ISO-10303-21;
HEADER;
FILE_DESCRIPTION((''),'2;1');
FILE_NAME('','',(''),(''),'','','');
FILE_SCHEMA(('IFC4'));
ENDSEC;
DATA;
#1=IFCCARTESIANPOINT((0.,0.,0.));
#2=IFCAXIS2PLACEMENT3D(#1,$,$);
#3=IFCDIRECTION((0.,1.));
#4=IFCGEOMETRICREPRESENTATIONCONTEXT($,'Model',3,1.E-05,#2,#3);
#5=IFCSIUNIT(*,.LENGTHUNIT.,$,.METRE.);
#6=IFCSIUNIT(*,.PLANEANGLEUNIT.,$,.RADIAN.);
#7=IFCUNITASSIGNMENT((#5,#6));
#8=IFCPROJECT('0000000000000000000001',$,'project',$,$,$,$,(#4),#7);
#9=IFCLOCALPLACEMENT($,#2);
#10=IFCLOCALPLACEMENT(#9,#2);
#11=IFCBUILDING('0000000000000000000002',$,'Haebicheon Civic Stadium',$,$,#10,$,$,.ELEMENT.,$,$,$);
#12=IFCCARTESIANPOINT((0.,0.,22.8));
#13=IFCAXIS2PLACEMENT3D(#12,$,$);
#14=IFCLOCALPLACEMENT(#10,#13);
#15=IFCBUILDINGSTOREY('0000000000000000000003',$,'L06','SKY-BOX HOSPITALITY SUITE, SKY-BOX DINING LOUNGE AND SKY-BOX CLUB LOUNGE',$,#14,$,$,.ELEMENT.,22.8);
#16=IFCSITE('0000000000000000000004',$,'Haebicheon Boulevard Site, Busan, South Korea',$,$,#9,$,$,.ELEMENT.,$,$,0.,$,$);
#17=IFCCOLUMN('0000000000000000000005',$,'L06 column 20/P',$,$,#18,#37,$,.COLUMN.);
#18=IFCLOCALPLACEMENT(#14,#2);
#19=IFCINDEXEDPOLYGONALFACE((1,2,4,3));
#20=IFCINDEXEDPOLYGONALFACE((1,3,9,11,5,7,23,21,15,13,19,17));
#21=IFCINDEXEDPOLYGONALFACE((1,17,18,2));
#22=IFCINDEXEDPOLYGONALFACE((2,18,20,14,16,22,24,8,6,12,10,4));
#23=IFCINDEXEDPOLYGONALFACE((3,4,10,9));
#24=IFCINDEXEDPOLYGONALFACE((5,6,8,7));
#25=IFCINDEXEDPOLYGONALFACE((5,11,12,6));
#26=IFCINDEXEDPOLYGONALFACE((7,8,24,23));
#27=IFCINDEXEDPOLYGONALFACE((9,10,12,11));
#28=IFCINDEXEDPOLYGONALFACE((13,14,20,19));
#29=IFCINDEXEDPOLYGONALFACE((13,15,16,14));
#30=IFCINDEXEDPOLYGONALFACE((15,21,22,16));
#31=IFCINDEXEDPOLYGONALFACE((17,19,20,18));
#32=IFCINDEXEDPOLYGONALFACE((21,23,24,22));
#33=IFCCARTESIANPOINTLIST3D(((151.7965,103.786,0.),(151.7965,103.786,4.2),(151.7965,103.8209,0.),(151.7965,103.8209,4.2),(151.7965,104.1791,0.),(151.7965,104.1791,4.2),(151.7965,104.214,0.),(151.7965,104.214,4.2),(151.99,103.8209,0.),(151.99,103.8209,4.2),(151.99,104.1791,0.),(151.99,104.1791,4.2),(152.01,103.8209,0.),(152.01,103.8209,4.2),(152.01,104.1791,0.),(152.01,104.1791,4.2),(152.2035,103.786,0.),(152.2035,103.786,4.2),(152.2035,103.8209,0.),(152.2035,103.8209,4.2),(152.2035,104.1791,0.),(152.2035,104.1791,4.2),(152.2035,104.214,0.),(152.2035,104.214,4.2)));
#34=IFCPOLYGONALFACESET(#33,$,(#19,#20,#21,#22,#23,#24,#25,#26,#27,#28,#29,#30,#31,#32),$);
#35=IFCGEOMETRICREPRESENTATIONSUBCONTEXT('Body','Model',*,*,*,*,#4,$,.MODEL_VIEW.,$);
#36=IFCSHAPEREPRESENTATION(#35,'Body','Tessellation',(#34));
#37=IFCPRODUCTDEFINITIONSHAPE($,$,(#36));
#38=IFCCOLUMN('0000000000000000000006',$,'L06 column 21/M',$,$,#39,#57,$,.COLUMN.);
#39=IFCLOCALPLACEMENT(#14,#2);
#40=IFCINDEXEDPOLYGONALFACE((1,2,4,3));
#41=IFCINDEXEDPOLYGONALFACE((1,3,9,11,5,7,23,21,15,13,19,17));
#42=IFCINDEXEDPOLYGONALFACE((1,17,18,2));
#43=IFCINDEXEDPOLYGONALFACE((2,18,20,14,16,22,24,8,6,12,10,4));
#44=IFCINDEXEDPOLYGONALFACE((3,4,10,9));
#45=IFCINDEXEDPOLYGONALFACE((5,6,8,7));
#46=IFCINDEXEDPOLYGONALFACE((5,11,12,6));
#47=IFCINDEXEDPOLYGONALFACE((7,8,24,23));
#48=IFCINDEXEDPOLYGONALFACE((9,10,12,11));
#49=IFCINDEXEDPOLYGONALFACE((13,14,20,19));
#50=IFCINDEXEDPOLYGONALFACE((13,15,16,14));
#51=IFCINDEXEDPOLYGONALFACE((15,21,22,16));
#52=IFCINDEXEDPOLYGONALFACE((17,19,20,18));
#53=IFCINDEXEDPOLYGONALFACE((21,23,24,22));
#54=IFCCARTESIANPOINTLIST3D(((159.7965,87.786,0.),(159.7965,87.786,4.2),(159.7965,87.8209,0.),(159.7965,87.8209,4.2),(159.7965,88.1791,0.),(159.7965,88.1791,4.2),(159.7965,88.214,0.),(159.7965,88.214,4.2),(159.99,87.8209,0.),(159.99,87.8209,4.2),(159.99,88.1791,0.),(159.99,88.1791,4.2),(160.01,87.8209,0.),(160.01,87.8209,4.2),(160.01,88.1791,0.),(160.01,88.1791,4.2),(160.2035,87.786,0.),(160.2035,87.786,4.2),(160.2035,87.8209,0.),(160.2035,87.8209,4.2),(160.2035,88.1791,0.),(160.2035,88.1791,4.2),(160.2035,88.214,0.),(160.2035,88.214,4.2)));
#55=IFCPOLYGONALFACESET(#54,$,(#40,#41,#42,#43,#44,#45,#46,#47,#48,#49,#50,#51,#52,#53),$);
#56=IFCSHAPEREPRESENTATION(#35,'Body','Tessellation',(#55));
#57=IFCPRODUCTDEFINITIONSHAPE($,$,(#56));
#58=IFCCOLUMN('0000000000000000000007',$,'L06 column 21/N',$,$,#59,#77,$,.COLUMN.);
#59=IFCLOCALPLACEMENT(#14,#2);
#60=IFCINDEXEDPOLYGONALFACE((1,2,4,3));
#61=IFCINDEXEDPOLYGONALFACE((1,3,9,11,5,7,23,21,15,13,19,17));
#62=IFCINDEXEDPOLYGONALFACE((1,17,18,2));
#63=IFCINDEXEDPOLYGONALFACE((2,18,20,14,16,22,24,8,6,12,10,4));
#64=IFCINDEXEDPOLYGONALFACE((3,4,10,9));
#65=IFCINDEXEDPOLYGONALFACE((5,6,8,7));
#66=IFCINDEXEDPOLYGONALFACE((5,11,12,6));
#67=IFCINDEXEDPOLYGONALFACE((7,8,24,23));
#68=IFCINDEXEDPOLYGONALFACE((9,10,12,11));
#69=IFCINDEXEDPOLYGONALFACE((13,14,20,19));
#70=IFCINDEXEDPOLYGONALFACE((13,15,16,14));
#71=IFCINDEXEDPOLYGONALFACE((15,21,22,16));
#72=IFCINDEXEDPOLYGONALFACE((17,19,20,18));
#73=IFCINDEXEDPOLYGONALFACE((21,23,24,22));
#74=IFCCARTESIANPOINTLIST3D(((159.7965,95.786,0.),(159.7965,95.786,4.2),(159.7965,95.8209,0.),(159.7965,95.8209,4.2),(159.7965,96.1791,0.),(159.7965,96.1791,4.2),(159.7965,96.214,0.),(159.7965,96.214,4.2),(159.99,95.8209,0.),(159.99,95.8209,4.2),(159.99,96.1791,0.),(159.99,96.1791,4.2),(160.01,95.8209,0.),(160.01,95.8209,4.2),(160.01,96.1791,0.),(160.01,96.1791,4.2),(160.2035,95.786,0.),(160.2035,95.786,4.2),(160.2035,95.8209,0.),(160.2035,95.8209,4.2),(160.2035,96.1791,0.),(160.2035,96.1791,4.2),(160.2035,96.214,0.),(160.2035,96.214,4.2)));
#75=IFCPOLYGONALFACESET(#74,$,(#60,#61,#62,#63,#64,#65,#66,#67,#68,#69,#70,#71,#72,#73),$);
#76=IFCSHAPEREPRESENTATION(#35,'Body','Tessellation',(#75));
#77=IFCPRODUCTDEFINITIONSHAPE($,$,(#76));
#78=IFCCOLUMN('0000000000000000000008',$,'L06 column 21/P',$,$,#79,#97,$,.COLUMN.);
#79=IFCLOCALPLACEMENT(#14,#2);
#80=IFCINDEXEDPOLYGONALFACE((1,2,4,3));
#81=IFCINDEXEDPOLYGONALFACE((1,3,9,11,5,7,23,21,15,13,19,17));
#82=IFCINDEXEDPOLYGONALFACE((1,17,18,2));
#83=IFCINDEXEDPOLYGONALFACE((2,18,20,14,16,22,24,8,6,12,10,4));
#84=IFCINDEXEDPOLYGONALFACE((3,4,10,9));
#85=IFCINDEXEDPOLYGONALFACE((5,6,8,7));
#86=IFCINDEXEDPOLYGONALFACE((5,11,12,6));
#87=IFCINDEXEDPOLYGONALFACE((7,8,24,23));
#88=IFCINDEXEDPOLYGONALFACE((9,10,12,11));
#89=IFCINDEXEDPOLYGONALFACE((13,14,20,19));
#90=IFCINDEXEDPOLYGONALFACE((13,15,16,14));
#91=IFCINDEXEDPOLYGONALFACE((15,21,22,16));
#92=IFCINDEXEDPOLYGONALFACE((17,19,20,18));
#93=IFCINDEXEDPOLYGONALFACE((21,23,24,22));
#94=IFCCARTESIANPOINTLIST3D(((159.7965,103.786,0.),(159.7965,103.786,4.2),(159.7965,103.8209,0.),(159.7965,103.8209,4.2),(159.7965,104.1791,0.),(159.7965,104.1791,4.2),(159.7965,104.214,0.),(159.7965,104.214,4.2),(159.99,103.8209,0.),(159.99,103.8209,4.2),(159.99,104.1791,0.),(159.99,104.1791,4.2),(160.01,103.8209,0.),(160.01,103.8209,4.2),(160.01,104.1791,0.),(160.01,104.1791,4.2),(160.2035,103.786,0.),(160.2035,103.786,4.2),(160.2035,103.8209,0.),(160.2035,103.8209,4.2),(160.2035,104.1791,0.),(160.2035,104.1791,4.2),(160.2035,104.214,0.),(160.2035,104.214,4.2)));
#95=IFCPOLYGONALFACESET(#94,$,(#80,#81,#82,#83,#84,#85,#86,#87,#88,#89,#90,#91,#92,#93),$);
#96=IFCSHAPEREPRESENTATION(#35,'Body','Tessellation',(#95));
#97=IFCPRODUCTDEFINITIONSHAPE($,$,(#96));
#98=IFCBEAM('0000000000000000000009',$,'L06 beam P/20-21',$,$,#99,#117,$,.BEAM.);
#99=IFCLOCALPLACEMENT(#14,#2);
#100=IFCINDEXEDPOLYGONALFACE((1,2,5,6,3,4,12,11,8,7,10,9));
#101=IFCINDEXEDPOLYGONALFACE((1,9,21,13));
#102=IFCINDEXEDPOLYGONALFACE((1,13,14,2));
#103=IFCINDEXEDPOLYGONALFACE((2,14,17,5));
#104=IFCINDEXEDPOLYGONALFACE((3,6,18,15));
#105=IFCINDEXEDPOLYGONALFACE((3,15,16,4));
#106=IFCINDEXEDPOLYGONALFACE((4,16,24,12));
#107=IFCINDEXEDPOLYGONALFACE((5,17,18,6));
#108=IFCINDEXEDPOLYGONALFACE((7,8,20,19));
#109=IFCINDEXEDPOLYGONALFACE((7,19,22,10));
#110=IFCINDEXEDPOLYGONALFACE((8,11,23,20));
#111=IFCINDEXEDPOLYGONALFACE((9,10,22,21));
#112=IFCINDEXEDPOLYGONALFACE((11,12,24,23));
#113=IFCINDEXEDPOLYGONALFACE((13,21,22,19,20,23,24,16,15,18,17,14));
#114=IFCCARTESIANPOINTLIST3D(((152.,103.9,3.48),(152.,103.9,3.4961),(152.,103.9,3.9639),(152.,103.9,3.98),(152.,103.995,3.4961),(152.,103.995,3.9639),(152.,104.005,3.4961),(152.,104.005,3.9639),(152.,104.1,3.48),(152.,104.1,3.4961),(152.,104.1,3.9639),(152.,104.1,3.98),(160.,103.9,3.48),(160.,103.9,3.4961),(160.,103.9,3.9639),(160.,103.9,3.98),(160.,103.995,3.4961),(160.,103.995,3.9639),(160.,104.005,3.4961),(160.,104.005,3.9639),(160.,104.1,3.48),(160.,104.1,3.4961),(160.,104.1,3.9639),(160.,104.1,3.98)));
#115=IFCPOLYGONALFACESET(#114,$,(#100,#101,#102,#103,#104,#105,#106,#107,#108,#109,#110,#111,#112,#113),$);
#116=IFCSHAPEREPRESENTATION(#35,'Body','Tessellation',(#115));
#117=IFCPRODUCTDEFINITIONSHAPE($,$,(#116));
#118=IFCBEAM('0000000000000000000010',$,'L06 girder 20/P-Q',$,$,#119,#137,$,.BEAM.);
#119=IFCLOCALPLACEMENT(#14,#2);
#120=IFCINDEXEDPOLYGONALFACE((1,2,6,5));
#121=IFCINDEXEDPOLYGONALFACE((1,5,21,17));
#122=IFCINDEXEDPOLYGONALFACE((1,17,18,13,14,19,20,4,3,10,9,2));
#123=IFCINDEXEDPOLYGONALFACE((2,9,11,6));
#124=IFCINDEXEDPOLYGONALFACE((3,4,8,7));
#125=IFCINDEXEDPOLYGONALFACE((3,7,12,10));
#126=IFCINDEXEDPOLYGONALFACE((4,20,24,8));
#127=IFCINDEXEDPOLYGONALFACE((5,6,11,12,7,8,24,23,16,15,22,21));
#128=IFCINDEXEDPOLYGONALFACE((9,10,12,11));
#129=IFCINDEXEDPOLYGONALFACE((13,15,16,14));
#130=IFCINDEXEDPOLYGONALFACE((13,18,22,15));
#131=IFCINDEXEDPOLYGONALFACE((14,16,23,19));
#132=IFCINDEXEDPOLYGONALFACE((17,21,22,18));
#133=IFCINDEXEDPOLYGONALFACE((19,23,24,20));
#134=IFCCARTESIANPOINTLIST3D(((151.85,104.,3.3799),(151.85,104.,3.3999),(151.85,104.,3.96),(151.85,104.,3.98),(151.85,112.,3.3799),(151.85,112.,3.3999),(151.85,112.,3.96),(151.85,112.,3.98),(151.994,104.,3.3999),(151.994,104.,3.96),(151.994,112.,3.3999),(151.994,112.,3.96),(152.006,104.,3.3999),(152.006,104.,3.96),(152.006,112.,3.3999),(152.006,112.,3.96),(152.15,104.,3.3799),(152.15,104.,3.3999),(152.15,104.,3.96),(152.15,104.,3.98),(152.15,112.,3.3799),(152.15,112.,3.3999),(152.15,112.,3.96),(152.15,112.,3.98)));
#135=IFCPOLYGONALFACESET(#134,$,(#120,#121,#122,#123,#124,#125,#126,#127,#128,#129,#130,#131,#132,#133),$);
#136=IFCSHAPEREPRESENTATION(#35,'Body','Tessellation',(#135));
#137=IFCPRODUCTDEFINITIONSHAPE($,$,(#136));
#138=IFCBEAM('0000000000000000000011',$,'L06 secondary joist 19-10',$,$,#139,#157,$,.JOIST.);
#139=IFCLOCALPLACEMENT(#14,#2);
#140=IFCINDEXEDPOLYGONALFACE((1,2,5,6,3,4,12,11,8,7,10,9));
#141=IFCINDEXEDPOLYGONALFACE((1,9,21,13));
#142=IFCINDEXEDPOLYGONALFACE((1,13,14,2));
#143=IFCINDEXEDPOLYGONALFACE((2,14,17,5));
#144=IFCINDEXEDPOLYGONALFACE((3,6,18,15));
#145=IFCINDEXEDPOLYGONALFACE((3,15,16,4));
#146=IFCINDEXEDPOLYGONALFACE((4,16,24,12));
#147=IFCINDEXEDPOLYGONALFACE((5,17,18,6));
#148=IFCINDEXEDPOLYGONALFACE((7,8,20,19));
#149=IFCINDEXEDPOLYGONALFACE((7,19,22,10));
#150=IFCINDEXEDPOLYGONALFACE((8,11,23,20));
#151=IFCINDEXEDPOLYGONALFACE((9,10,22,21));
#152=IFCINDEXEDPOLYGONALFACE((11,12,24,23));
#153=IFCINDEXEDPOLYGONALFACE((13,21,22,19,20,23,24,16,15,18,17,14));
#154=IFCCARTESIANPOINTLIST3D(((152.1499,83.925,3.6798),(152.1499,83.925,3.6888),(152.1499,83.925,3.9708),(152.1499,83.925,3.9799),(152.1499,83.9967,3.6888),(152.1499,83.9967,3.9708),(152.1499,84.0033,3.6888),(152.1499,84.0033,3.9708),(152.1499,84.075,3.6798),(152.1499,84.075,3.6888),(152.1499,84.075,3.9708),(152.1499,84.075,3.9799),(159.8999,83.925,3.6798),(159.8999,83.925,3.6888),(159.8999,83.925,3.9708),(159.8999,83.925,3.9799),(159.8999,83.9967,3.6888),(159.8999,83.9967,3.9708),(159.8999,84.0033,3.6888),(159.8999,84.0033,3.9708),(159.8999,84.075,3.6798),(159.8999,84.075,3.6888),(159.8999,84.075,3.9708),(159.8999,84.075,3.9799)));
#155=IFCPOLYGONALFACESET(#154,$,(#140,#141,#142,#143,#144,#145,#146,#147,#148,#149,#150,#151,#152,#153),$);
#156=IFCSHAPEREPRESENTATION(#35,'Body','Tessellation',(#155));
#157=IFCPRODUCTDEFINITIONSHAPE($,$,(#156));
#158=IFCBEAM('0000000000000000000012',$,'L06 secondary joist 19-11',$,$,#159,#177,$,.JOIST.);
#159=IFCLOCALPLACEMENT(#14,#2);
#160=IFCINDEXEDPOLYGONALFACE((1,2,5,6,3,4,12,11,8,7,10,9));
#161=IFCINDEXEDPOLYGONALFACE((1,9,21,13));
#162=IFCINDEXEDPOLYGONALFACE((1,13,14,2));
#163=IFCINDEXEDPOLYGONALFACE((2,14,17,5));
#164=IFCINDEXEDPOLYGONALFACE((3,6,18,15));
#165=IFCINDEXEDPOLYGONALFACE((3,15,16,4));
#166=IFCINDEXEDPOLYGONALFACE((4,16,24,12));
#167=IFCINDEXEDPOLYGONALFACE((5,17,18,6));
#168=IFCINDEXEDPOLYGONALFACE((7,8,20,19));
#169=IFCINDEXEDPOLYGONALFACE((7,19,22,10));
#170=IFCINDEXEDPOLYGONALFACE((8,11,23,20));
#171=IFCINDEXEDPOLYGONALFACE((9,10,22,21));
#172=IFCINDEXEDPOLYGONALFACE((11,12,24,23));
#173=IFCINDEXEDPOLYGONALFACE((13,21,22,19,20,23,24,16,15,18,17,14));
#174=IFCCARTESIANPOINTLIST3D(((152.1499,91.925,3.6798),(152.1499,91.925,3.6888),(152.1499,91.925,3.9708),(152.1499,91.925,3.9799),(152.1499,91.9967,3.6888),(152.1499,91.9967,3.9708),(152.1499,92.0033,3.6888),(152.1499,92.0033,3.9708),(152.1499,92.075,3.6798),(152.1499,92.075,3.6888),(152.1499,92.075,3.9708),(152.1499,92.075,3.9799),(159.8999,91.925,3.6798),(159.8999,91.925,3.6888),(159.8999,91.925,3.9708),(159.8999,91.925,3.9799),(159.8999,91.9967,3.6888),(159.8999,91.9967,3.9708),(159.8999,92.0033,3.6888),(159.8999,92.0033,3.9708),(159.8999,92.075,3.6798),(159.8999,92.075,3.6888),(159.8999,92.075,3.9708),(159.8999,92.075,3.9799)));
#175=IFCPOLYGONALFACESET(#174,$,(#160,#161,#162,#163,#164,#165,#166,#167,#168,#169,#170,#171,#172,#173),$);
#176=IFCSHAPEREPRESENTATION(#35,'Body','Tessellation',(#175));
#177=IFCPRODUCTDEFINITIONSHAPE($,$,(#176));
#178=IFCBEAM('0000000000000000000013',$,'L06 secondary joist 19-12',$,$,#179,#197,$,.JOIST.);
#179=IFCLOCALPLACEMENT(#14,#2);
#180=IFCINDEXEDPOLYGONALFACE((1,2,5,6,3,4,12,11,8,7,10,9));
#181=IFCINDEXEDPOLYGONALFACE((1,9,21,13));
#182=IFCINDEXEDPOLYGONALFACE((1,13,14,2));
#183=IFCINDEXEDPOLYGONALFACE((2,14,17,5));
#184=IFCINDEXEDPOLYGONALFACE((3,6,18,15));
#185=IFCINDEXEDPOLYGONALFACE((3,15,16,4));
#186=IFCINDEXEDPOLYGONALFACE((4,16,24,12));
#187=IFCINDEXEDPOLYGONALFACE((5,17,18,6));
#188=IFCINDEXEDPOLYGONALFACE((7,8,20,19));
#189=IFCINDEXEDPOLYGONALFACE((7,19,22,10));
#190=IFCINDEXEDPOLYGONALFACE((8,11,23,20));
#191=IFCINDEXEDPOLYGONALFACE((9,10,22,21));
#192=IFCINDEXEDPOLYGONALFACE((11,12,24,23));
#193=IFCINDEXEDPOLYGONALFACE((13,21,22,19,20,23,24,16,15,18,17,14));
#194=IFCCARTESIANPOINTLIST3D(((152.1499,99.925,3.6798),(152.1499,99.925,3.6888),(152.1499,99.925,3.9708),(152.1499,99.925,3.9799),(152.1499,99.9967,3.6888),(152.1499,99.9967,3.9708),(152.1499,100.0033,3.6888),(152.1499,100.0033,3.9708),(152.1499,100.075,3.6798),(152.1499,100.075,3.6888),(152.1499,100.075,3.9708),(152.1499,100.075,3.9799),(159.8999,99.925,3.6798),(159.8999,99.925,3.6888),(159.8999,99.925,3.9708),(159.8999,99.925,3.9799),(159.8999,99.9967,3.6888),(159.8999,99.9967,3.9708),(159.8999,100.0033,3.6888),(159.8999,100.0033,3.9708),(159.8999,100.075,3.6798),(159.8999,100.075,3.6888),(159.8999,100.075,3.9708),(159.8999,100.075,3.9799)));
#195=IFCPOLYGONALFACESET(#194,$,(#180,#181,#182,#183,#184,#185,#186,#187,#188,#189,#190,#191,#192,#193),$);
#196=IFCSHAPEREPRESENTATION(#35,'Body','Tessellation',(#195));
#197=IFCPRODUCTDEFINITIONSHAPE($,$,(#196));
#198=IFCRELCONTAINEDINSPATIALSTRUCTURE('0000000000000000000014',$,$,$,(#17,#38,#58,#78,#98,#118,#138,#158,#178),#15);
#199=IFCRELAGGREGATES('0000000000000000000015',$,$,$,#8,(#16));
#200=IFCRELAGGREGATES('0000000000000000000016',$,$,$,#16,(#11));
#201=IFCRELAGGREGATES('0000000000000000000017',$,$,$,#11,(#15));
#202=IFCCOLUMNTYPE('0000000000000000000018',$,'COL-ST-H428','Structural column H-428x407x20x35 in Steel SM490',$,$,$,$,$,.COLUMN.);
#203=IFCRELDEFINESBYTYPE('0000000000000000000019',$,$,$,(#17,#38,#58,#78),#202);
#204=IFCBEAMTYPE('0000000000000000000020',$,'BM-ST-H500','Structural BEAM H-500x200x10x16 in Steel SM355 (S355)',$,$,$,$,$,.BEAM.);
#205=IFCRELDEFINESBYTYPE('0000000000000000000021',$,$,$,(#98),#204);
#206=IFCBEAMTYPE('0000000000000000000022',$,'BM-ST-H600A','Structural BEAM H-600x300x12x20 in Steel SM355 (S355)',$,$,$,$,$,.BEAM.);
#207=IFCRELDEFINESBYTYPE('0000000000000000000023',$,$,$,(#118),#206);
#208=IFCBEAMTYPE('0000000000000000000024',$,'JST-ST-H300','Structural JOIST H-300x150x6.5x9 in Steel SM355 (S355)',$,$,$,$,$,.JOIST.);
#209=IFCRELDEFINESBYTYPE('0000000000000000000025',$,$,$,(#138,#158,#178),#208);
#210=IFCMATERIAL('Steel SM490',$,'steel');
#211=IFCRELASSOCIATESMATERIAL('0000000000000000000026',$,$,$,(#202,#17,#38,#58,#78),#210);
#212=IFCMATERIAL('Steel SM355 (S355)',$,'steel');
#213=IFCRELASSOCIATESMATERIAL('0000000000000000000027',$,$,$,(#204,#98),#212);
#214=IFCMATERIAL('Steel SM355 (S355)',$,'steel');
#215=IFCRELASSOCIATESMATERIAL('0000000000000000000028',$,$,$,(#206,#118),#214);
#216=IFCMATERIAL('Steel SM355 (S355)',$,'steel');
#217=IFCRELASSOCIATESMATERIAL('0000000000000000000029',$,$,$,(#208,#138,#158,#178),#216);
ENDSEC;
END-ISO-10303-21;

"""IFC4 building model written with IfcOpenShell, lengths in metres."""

from ifc_helpers import new_model, si_unit, direction, frame, origin, origin_2d, place, context, subcontext, project, spatial, i_section, extrude, material, material_profile, profile_set, type_object, element, save


model = new_model("IFC4")

# Units and contexts
model_context = context("Model", 3, precision=1e-05, world=origin(), true_north=direction((0.0, 1.0)))
body_context = subcontext(model_context, "Body", "Model", "MODEL_VIEW")
ifc_project = project(units=[si_unit("LENGTHUNIT", "METRE"), si_unit("PLANEANGLEUNIT", "RADIAN")], contexts=[model_context])

# Site, building, storey
site_placement = place(None, origin())
site = spatial("IfcSite", under=ifc_project, at=site_placement, Name="Haebicheon Boulevard Site, Busan, South Korea", CompositionType="ELEMENT", RefElevation=0.0)
building_placement = place(site_placement, origin())
building = spatial("IfcBuilding", under=site, at=building_placement, Name="Haebicheon Civic Stadium", CompositionType="ELEMENT")
storey_placement = place(building_placement, frame((0.0, 0.0, 22.8)))
storey = spatial("IfcBuildingStorey", under=building, at=storey_placement, Name="L06", Description="SKY-BOX HOSPITALITY SUITE, SKY-BOX DINING LOUNGE AND SKY-BOX CLUB LOUNGE", CompositionType="ELEMENT", Elevation=22.8)

# Columns
ifc_material_1 = material(Name="Steel SM490", Category="steel")
ifc_material_profile_1 = material_profile(ifc_material_1, i_section(OverallWidth=0.407, OverallDepth=0.428, WebThickness=0.02, FlangeThickness=0.0349, at=origin_2d()), Name="H-428x407x20x35")
ifc_profile_set_1 = profile_set([ifc_material_profile_1], Name="Steel SM490")
column_type = type_object("IfcColumnType", Name="COL-ST-H428", Description="Structural column H-428x407x20x35 in Steel SM490", PredefinedType="COLUMN", material=ifc_profile_set_1)
for number, where, z_axis, x_axis, name in (
    (1, (152.0, 104.0, 0.0), (0.0, 0.0, 1.0), (1.0, 0.0, 0.0), "L06 column 20/P"),
    (2, (160.0, 88.0, 0.0), (0.0, 0.0, 1.0), (1.0, 0.0, 0.0), "L06 column 21/M"),
    (3, (160.0, 96.0, 0.0), (0.0, 0.0, 1.0), (1.0, 0.0, 0.0), "L06 column 21/N"),
    (4, (160.0, 104.0, 0.0), (0.0, 0.0, 1.0), (1.0, 0.0, 0.0), "L06 column 21/P"),
):
    element("IfcColumn", number, at=place(storey_placement, frame(where, z_axis=z_axis, x_axis=x_axis)), inside=storey, type_object=column_type, material=ifc_profile_set_1, Name=name, PredefinedType="COLUMN", context=body_context, shape_type="SweptSolid", body=[
        extrude(i_section(OverallWidth=0.407, OverallDepth=0.428, WebThickness=0.02, FlangeThickness=0.0349, at=origin_2d()), origin(), (0.0, 0.0, 1.0), 4.2),
    ])

# Beams
ifc_material_2 = material(Name="Steel SM355 (S355)", Category="steel")
ifc_material_profile_2 = material_profile(ifc_material_2, i_section(OverallWidth=0.2, OverallDepth=0.5, WebThickness=0.01, FlangeThickness=0.0161, at=origin_2d()), Name="H-500x200x10x16")
ifc_profile_set_2 = profile_set([ifc_material_profile_2], Name="Steel SM355 (S355)")
beam_type_1 = type_object("IfcBeamType", Name="BM-ST-H500", Description="Structural BEAM H-500x200x10x16 in Steel SM355 (S355)", PredefinedType="BEAM", material=ifc_profile_set_2)
beam_1_placement = place(storey_placement, frame((152.0, 104.0, 3.73), z_axis=(1.0, 0.0, 0.0), x_axis=(0.0, 1.0, 0.0)))
element("IfcBeam", 5, at=beam_1_placement, inside=storey, type_object=beam_type_1, material=ifc_profile_set_2, Name="L06 beam P/20-21", PredefinedType="BEAM", context=body_context, shape_type="SweptSolid", body=[
    extrude(i_section(OverallWidth=0.2, OverallDepth=0.5, WebThickness=0.01, FlangeThickness=0.0161, at=origin_2d()), origin(), (0.0, 0.0, 1.0), 8.0),
])
ifc_material_3 = material(Name="Steel SM355 (S355)", Category="steel")
ifc_material_profile_3 = material_profile(ifc_material_3, i_section(OverallWidth=0.3, OverallDepth=0.6001, WebThickness=0.012, FlangeThickness=0.02, at=origin_2d()), Name="H-600x300x12x20")
ifc_profile_set_3 = profile_set([ifc_material_profile_3], Name="Steel SM355 (S355)")
beam_type_2 = type_object("IfcBeamType", Name="BM-ST-H600A", Description="Structural BEAM H-600x300x12x20 in Steel SM355 (S355)", PredefinedType="BEAM", material=ifc_profile_set_3)
beam_2_placement = place(storey_placement, frame((152.0, 104.0, 3.6799), z_axis=(0.0, 1.0, 0.0), x_axis=(-1.0, 0.0, 0.0)))
element("IfcBeam", 6, at=beam_2_placement, inside=storey, type_object=beam_type_2, material=ifc_profile_set_3, Name="L06 girder 20/P-Q", PredefinedType="BEAM", context=body_context, shape_type="SweptSolid", body=[
    extrude(i_section(OverallWidth=0.3, OverallDepth=0.6001, WebThickness=0.012, FlangeThickness=0.02, at=origin_2d()), origin(), (0.0, 0.0, 1.0), 8.0),
])
ifc_material_4 = material(Name="Steel SM355 (S355)", Category="steel")
ifc_material_profile_4 = material_profile(ifc_material_4, i_section(OverallWidth=0.1499, OverallDepth=0.3, WebThickness=0.0066, FlangeThickness=0.009, at=origin_2d()), Name="H-300x150x6.5x9")
ifc_profile_set_4 = profile_set([ifc_material_profile_4], Name="Steel SM355 (S355)")
beam_type_3 = type_object("IfcBeamType", Name="JST-ST-H300", Description="Structural JOIST H-300x150x6.5x9 in Steel SM355 (S355)", PredefinedType="JOIST", material=ifc_profile_set_4)
for number, where, z_axis, x_axis, name in (
    (7, (152.1499, 84.0, 3.8298), (1.0, 0.0, 0.0), (0.0, 1.0, 0.0), "L06 secondary joist 19-10"),
    (8, (152.1499, 92.0, 3.8298), (1.0, 0.0, 0.0), (0.0, 1.0, 0.0), "L06 secondary joist 19-11"),
    (9, (152.1499, 100.0, 3.8298), (1.0, 0.0, 0.0), (0.0, 1.0, 0.0), "L06 secondary joist 19-12"),
):
    element("IfcBeam", number, at=place(storey_placement, frame(where, z_axis=z_axis, x_axis=x_axis)), inside=storey, type_object=beam_type_3, material=ifc_profile_set_4, Name=name, PredefinedType="JOIST", context=body_context, shape_type="SweptSolid", body=[
        extrude(i_section(OverallWidth=0.1499, OverallDepth=0.3, WebThickness=0.0066, FlangeThickness=0.009, at=origin_2d()), origin(), (0.0, 0.0, 1.0), 7.75),
    ])

save(model, "model.ifc")
